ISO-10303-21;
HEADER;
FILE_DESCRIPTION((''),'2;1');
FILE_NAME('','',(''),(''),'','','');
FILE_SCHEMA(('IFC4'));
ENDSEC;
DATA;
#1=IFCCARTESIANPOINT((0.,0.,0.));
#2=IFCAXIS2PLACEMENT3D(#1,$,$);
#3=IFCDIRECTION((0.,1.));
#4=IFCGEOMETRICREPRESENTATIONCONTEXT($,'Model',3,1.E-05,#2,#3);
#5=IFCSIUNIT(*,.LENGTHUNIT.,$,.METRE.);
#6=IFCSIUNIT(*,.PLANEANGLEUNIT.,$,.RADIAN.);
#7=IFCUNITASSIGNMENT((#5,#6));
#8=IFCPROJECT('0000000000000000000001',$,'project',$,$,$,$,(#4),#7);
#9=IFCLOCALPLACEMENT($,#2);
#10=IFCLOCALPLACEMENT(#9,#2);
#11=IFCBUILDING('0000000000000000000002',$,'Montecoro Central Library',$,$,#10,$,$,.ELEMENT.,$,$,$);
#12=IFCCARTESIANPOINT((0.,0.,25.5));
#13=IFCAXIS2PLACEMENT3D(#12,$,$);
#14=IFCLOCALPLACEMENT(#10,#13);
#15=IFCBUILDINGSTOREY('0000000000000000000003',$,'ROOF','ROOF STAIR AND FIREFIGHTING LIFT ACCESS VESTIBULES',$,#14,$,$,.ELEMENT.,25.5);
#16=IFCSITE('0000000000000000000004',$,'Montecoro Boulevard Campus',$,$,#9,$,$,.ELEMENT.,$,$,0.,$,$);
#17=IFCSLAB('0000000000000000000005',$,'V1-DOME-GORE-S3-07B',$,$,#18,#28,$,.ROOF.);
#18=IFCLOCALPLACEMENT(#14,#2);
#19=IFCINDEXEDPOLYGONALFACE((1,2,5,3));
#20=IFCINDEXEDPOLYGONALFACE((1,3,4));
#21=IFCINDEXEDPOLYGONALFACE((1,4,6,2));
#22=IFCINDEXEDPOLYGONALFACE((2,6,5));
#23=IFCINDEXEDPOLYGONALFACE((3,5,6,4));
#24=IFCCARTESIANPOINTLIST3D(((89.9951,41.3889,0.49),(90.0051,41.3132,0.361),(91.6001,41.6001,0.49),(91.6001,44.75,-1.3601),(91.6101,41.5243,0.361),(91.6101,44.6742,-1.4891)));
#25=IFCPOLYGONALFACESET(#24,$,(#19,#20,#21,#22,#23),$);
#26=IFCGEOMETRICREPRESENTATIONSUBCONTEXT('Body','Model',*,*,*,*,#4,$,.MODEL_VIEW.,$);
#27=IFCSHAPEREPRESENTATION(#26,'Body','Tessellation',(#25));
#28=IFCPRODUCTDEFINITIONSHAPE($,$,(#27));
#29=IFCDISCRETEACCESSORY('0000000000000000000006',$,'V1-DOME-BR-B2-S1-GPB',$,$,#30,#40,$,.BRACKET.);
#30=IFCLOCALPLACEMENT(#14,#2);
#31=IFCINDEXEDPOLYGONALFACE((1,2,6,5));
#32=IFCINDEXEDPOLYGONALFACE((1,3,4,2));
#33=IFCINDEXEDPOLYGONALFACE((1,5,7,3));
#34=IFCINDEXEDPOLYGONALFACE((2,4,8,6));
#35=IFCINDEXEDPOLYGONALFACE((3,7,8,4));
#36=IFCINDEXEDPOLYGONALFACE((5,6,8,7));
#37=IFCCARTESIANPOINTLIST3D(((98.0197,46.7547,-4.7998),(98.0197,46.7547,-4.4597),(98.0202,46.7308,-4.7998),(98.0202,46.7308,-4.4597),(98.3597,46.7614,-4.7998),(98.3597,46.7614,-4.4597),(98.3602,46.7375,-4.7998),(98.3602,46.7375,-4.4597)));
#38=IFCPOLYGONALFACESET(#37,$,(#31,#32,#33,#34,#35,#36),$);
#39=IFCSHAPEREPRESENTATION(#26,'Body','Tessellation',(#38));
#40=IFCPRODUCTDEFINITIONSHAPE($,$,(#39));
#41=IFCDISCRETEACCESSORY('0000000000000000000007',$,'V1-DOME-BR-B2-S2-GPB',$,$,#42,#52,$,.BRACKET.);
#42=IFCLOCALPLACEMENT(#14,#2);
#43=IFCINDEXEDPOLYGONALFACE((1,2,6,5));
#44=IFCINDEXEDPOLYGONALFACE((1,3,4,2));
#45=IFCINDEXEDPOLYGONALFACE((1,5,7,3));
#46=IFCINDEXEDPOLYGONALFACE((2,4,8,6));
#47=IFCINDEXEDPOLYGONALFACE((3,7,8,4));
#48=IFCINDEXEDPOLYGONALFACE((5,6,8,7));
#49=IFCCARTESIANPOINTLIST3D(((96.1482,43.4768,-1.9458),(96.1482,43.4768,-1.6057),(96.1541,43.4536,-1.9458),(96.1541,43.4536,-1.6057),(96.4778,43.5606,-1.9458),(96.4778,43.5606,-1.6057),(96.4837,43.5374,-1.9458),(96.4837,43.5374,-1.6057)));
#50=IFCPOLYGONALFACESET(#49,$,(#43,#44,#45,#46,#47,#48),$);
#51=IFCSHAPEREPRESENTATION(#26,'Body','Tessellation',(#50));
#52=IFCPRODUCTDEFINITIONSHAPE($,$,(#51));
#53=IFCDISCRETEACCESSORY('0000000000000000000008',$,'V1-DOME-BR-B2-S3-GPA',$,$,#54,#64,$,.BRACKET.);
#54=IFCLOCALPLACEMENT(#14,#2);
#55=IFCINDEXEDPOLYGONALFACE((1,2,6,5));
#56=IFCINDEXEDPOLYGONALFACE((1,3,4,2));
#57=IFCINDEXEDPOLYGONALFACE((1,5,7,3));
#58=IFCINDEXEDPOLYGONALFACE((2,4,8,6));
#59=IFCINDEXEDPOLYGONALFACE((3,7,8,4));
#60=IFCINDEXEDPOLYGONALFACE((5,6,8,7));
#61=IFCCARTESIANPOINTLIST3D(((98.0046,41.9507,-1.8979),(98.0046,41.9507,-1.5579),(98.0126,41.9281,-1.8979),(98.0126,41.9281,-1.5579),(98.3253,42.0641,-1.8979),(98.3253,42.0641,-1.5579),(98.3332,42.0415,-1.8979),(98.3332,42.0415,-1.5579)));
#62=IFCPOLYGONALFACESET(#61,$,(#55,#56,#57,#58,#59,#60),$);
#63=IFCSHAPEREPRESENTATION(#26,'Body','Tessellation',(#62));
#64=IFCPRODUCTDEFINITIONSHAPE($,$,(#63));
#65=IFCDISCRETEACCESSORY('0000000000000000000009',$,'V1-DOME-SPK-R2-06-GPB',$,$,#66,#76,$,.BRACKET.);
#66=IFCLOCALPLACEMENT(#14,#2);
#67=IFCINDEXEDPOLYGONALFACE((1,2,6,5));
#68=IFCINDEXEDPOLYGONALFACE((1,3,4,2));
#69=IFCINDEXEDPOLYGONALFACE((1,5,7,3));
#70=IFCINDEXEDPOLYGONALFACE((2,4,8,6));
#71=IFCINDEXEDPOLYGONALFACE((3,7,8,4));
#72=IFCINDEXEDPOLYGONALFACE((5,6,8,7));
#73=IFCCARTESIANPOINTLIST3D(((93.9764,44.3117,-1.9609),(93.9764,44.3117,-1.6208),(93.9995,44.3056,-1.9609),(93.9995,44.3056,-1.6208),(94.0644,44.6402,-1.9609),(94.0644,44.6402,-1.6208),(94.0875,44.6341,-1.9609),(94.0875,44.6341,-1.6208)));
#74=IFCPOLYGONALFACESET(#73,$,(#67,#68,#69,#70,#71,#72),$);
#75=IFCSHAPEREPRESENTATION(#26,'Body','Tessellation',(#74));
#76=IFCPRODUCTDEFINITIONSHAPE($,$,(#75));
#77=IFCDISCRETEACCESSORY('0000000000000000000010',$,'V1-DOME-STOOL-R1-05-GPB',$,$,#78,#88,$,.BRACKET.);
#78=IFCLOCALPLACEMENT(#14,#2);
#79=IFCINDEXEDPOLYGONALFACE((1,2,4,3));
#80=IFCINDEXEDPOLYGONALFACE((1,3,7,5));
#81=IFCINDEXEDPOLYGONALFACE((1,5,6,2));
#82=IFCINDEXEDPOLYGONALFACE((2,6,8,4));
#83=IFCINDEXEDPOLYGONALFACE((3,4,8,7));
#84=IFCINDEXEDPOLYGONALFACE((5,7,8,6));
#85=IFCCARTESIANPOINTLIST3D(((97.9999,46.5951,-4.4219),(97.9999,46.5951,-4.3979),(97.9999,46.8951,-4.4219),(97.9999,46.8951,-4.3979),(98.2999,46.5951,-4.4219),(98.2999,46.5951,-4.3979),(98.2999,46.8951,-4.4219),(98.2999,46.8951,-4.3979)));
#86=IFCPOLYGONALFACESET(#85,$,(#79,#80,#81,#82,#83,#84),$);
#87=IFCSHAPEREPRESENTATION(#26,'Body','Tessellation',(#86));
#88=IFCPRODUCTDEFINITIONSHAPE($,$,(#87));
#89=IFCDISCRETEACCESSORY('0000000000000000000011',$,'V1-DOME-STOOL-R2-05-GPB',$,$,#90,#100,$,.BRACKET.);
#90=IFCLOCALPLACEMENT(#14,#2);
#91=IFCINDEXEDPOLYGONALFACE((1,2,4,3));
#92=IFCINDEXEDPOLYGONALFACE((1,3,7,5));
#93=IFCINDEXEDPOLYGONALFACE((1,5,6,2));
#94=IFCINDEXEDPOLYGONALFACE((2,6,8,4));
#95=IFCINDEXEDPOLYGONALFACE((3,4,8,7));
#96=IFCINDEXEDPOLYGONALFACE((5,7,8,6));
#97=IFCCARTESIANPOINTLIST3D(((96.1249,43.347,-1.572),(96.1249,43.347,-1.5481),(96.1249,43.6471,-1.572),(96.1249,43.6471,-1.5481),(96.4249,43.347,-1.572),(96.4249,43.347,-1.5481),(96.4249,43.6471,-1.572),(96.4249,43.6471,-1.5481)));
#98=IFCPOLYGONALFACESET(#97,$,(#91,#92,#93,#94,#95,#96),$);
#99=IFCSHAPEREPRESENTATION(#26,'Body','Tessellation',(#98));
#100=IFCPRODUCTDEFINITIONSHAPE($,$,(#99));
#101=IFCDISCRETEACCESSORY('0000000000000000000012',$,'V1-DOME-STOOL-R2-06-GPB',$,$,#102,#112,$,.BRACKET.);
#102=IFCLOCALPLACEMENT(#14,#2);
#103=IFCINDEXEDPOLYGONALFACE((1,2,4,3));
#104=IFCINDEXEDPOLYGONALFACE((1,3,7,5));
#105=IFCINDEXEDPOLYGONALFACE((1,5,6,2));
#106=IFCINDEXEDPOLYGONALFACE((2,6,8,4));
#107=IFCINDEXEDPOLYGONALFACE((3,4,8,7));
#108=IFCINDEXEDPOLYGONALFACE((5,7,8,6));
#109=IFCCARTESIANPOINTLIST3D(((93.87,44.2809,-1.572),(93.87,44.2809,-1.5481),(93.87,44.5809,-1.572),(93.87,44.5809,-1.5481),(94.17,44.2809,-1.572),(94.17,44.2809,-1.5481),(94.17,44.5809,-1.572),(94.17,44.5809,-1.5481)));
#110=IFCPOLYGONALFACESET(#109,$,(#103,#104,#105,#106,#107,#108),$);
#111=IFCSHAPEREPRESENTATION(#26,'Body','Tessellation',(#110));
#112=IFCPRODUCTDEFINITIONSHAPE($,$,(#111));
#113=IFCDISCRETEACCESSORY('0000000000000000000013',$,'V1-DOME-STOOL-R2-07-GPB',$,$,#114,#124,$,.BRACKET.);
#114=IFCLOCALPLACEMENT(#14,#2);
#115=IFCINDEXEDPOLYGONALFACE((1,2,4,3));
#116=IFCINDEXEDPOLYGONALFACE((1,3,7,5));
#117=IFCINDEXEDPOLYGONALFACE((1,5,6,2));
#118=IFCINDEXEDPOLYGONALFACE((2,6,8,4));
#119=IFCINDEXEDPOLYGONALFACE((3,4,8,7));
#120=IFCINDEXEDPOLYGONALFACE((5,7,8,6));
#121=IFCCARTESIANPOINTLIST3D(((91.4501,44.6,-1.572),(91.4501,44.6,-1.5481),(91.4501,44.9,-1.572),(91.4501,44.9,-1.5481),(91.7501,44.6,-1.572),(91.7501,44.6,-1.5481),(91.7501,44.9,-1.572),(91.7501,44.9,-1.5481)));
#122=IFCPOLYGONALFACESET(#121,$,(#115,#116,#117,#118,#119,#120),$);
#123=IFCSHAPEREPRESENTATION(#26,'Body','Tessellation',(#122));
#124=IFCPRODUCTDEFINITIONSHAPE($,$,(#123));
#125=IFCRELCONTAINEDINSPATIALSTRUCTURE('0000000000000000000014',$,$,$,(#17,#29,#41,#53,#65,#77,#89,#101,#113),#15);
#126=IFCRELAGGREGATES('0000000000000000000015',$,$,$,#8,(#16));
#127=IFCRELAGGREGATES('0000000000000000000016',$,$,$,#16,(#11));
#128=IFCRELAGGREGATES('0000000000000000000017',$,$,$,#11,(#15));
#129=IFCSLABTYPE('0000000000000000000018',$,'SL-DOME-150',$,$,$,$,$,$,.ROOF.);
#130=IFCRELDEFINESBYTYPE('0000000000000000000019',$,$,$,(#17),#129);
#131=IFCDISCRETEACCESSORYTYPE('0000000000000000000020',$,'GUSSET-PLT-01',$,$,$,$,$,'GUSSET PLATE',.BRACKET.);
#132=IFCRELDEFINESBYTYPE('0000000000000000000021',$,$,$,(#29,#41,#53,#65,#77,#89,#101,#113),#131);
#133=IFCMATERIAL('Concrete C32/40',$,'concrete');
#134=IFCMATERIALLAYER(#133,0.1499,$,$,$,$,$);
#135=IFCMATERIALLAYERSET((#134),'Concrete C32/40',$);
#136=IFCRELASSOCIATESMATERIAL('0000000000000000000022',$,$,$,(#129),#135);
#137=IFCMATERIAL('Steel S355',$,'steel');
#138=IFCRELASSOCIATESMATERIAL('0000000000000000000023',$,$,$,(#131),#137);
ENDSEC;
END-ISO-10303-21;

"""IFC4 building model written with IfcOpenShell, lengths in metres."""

from ifc_helpers import new_model, si_unit, direction, frame, origin, origin_2d, place, context, subcontext, project, spatial, polyline, rectangle, outline, extrude, material, layer, layer_set, type_object, element, save


model = new_model("IFC4")

# Units and contexts
model_context = context("Model", 3, precision=1e-05, world=origin(), true_north=direction((0.0, 1.0)))
body_context = subcontext(model_context, "Body", "Model", "MODEL_VIEW")
ifc_project = project(units=[si_unit("LENGTHUNIT", "METRE"), si_unit("PLANEANGLEUNIT", "RADIAN")], contexts=[model_context])

# Site, building, storey
site_placement = place(None, origin())
site = spatial("IfcSite", under=ifc_project, at=site_placement, Name="Montecoro Boulevard Campus", CompositionType="ELEMENT", RefElevation=0.0)
building_placement = place(site_placement, origin())
building = spatial("IfcBuilding", under=site, at=building_placement, Name="Montecoro Central Library", CompositionType="ELEMENT")
storey_placement = place(building_placement, frame((0.0, 0.0, 25.5)))
storey = spatial("IfcBuildingStorey", under=building, at=storey_placement, Name="ROOF", Description="ROOF STAIR AND FIREFIGHTING LIFT ACCESS VESTIBULES", CompositionType="ELEMENT", Elevation=25.5)

# Shared definitions
ifc_material_1 = material(Name="Steel S355", Category="steel")

# Slab
ifc_material_2 = material(Name="Concrete C32/40", Category="concrete")
ifc_layer = layer(ifc_material_2, 0.1499)
ifc_layer_set = layer_set([ifc_layer], Name="Concrete C32/40")
slab_type = type_object("IfcSlabType", Name="SL-DOME-150", PredefinedType="ROOF", material=ifc_layer_set)
slab_1_placement = place(storey_placement, frame((91.6001, 44.75, -1.3601), z_axis=(-0.066491, 0.505333, 0.860359), x_axis=(-0.385923, -0.808184, 0.444862)))
element("IfcSlab", 1, at=slab_1_placement, inside=storey, type_object=slab_type, Name="V1-DOME-GORE-S3-07B", PredefinedType="ROOF", context=body_context, shape_type="SweptSolid", body=[
    extrude(outline(polyline([(0.0, 0.0), (4.1588, 0.0), (3.3687, 1.4129), (0.0, 0.0)])), origin(), (0.0, 0.0, -1.0), 0.1499),
])

# Discrete accessories
discrete_accessory_type = type_object("IfcDiscreteAccessoryType", Name="GUSSET-PLT-01", ElementType="GUSSET PLATE", PredefinedType="BRACKET", material=ifc_material_1)
for number, where, z_axis, x_axis, name in (
    (2, (98.1899, 46.7461, -4.7998), (0.0, 0.0, 1.0), (-0.999806, -0.019721, 0.0), "V1-DOME-BR-B2-S1-GPB"),
    (3, (96.3159, 43.5071, -1.9458), (0.0, 0.0, 1.0), (-0.969188, -0.246322, 0.0), "V1-DOME-BR-B2-S2-GPB"),
    (4, (98.1689, 41.9961, -1.8979), (0.0, 0.0, 1.0), (-0.942758, -0.333478, 0.0), "V1-DOME-BR-B2-S3-GPA"),
    (5, (94.032, 44.4729, -1.9609), (0.0, 0.0, 1.0), (-0.258819, -0.965926, 0.0), "V1-DOME-SPK-R2-06-GPB"),
):
    element("IfcDiscreteAccessory", number, at=place(storey_placement, frame(where, z_axis=z_axis, x_axis=x_axis)), inside=storey, type_object=discrete_accessory_type, Name=name, PredefinedType="BRACKET", context=body_context, shape_type="SweptSolid", body=[
        extrude(rectangle(XDim=0.3401, YDim=0.0239, at=origin_2d()), origin(), (0.0, 0.0, 1.0), 0.3401),
    ])
for number, where, z_axis, x_axis, name in (
    (6, (98.1499, 46.7451, -4.4219), (0.0, 0.0, 1.0), (1.0, 0.0, 0.0), "V1-DOME-STOOL-R1-05-GPB"),
    (7, (96.2749, 43.4971, -1.572), (0.0, 0.0, 1.0), (1.0, 0.0, 0.0), "V1-DOME-STOOL-R2-05-GPB"),
    (8, (94.02, 44.4309, -1.572), (0.0, 0.0, 1.0), (1.0, 0.0, 0.0), "V1-DOME-STOOL-R2-06-GPB"),
    (9, (91.6001, 44.75, -1.572), (0.0, 0.0, 1.0), (1.0, 0.0, 0.0), "V1-DOME-STOOL-R2-07-GPB"),
):
    element("IfcDiscreteAccessory", number, at=place(storey_placement, frame(where, z_axis=z_axis, x_axis=x_axis)), inside=storey, type_object=discrete_accessory_type, Name=name, PredefinedType="BRACKET", context=body_context, shape_type="SweptSolid", body=[
        extrude(rectangle(XDim=0.3, YDim=0.3, at=origin_2d()), origin(), (0.0, 0.0, 1.0), 0.0239),
    ])

save(model, "model.ifc")
